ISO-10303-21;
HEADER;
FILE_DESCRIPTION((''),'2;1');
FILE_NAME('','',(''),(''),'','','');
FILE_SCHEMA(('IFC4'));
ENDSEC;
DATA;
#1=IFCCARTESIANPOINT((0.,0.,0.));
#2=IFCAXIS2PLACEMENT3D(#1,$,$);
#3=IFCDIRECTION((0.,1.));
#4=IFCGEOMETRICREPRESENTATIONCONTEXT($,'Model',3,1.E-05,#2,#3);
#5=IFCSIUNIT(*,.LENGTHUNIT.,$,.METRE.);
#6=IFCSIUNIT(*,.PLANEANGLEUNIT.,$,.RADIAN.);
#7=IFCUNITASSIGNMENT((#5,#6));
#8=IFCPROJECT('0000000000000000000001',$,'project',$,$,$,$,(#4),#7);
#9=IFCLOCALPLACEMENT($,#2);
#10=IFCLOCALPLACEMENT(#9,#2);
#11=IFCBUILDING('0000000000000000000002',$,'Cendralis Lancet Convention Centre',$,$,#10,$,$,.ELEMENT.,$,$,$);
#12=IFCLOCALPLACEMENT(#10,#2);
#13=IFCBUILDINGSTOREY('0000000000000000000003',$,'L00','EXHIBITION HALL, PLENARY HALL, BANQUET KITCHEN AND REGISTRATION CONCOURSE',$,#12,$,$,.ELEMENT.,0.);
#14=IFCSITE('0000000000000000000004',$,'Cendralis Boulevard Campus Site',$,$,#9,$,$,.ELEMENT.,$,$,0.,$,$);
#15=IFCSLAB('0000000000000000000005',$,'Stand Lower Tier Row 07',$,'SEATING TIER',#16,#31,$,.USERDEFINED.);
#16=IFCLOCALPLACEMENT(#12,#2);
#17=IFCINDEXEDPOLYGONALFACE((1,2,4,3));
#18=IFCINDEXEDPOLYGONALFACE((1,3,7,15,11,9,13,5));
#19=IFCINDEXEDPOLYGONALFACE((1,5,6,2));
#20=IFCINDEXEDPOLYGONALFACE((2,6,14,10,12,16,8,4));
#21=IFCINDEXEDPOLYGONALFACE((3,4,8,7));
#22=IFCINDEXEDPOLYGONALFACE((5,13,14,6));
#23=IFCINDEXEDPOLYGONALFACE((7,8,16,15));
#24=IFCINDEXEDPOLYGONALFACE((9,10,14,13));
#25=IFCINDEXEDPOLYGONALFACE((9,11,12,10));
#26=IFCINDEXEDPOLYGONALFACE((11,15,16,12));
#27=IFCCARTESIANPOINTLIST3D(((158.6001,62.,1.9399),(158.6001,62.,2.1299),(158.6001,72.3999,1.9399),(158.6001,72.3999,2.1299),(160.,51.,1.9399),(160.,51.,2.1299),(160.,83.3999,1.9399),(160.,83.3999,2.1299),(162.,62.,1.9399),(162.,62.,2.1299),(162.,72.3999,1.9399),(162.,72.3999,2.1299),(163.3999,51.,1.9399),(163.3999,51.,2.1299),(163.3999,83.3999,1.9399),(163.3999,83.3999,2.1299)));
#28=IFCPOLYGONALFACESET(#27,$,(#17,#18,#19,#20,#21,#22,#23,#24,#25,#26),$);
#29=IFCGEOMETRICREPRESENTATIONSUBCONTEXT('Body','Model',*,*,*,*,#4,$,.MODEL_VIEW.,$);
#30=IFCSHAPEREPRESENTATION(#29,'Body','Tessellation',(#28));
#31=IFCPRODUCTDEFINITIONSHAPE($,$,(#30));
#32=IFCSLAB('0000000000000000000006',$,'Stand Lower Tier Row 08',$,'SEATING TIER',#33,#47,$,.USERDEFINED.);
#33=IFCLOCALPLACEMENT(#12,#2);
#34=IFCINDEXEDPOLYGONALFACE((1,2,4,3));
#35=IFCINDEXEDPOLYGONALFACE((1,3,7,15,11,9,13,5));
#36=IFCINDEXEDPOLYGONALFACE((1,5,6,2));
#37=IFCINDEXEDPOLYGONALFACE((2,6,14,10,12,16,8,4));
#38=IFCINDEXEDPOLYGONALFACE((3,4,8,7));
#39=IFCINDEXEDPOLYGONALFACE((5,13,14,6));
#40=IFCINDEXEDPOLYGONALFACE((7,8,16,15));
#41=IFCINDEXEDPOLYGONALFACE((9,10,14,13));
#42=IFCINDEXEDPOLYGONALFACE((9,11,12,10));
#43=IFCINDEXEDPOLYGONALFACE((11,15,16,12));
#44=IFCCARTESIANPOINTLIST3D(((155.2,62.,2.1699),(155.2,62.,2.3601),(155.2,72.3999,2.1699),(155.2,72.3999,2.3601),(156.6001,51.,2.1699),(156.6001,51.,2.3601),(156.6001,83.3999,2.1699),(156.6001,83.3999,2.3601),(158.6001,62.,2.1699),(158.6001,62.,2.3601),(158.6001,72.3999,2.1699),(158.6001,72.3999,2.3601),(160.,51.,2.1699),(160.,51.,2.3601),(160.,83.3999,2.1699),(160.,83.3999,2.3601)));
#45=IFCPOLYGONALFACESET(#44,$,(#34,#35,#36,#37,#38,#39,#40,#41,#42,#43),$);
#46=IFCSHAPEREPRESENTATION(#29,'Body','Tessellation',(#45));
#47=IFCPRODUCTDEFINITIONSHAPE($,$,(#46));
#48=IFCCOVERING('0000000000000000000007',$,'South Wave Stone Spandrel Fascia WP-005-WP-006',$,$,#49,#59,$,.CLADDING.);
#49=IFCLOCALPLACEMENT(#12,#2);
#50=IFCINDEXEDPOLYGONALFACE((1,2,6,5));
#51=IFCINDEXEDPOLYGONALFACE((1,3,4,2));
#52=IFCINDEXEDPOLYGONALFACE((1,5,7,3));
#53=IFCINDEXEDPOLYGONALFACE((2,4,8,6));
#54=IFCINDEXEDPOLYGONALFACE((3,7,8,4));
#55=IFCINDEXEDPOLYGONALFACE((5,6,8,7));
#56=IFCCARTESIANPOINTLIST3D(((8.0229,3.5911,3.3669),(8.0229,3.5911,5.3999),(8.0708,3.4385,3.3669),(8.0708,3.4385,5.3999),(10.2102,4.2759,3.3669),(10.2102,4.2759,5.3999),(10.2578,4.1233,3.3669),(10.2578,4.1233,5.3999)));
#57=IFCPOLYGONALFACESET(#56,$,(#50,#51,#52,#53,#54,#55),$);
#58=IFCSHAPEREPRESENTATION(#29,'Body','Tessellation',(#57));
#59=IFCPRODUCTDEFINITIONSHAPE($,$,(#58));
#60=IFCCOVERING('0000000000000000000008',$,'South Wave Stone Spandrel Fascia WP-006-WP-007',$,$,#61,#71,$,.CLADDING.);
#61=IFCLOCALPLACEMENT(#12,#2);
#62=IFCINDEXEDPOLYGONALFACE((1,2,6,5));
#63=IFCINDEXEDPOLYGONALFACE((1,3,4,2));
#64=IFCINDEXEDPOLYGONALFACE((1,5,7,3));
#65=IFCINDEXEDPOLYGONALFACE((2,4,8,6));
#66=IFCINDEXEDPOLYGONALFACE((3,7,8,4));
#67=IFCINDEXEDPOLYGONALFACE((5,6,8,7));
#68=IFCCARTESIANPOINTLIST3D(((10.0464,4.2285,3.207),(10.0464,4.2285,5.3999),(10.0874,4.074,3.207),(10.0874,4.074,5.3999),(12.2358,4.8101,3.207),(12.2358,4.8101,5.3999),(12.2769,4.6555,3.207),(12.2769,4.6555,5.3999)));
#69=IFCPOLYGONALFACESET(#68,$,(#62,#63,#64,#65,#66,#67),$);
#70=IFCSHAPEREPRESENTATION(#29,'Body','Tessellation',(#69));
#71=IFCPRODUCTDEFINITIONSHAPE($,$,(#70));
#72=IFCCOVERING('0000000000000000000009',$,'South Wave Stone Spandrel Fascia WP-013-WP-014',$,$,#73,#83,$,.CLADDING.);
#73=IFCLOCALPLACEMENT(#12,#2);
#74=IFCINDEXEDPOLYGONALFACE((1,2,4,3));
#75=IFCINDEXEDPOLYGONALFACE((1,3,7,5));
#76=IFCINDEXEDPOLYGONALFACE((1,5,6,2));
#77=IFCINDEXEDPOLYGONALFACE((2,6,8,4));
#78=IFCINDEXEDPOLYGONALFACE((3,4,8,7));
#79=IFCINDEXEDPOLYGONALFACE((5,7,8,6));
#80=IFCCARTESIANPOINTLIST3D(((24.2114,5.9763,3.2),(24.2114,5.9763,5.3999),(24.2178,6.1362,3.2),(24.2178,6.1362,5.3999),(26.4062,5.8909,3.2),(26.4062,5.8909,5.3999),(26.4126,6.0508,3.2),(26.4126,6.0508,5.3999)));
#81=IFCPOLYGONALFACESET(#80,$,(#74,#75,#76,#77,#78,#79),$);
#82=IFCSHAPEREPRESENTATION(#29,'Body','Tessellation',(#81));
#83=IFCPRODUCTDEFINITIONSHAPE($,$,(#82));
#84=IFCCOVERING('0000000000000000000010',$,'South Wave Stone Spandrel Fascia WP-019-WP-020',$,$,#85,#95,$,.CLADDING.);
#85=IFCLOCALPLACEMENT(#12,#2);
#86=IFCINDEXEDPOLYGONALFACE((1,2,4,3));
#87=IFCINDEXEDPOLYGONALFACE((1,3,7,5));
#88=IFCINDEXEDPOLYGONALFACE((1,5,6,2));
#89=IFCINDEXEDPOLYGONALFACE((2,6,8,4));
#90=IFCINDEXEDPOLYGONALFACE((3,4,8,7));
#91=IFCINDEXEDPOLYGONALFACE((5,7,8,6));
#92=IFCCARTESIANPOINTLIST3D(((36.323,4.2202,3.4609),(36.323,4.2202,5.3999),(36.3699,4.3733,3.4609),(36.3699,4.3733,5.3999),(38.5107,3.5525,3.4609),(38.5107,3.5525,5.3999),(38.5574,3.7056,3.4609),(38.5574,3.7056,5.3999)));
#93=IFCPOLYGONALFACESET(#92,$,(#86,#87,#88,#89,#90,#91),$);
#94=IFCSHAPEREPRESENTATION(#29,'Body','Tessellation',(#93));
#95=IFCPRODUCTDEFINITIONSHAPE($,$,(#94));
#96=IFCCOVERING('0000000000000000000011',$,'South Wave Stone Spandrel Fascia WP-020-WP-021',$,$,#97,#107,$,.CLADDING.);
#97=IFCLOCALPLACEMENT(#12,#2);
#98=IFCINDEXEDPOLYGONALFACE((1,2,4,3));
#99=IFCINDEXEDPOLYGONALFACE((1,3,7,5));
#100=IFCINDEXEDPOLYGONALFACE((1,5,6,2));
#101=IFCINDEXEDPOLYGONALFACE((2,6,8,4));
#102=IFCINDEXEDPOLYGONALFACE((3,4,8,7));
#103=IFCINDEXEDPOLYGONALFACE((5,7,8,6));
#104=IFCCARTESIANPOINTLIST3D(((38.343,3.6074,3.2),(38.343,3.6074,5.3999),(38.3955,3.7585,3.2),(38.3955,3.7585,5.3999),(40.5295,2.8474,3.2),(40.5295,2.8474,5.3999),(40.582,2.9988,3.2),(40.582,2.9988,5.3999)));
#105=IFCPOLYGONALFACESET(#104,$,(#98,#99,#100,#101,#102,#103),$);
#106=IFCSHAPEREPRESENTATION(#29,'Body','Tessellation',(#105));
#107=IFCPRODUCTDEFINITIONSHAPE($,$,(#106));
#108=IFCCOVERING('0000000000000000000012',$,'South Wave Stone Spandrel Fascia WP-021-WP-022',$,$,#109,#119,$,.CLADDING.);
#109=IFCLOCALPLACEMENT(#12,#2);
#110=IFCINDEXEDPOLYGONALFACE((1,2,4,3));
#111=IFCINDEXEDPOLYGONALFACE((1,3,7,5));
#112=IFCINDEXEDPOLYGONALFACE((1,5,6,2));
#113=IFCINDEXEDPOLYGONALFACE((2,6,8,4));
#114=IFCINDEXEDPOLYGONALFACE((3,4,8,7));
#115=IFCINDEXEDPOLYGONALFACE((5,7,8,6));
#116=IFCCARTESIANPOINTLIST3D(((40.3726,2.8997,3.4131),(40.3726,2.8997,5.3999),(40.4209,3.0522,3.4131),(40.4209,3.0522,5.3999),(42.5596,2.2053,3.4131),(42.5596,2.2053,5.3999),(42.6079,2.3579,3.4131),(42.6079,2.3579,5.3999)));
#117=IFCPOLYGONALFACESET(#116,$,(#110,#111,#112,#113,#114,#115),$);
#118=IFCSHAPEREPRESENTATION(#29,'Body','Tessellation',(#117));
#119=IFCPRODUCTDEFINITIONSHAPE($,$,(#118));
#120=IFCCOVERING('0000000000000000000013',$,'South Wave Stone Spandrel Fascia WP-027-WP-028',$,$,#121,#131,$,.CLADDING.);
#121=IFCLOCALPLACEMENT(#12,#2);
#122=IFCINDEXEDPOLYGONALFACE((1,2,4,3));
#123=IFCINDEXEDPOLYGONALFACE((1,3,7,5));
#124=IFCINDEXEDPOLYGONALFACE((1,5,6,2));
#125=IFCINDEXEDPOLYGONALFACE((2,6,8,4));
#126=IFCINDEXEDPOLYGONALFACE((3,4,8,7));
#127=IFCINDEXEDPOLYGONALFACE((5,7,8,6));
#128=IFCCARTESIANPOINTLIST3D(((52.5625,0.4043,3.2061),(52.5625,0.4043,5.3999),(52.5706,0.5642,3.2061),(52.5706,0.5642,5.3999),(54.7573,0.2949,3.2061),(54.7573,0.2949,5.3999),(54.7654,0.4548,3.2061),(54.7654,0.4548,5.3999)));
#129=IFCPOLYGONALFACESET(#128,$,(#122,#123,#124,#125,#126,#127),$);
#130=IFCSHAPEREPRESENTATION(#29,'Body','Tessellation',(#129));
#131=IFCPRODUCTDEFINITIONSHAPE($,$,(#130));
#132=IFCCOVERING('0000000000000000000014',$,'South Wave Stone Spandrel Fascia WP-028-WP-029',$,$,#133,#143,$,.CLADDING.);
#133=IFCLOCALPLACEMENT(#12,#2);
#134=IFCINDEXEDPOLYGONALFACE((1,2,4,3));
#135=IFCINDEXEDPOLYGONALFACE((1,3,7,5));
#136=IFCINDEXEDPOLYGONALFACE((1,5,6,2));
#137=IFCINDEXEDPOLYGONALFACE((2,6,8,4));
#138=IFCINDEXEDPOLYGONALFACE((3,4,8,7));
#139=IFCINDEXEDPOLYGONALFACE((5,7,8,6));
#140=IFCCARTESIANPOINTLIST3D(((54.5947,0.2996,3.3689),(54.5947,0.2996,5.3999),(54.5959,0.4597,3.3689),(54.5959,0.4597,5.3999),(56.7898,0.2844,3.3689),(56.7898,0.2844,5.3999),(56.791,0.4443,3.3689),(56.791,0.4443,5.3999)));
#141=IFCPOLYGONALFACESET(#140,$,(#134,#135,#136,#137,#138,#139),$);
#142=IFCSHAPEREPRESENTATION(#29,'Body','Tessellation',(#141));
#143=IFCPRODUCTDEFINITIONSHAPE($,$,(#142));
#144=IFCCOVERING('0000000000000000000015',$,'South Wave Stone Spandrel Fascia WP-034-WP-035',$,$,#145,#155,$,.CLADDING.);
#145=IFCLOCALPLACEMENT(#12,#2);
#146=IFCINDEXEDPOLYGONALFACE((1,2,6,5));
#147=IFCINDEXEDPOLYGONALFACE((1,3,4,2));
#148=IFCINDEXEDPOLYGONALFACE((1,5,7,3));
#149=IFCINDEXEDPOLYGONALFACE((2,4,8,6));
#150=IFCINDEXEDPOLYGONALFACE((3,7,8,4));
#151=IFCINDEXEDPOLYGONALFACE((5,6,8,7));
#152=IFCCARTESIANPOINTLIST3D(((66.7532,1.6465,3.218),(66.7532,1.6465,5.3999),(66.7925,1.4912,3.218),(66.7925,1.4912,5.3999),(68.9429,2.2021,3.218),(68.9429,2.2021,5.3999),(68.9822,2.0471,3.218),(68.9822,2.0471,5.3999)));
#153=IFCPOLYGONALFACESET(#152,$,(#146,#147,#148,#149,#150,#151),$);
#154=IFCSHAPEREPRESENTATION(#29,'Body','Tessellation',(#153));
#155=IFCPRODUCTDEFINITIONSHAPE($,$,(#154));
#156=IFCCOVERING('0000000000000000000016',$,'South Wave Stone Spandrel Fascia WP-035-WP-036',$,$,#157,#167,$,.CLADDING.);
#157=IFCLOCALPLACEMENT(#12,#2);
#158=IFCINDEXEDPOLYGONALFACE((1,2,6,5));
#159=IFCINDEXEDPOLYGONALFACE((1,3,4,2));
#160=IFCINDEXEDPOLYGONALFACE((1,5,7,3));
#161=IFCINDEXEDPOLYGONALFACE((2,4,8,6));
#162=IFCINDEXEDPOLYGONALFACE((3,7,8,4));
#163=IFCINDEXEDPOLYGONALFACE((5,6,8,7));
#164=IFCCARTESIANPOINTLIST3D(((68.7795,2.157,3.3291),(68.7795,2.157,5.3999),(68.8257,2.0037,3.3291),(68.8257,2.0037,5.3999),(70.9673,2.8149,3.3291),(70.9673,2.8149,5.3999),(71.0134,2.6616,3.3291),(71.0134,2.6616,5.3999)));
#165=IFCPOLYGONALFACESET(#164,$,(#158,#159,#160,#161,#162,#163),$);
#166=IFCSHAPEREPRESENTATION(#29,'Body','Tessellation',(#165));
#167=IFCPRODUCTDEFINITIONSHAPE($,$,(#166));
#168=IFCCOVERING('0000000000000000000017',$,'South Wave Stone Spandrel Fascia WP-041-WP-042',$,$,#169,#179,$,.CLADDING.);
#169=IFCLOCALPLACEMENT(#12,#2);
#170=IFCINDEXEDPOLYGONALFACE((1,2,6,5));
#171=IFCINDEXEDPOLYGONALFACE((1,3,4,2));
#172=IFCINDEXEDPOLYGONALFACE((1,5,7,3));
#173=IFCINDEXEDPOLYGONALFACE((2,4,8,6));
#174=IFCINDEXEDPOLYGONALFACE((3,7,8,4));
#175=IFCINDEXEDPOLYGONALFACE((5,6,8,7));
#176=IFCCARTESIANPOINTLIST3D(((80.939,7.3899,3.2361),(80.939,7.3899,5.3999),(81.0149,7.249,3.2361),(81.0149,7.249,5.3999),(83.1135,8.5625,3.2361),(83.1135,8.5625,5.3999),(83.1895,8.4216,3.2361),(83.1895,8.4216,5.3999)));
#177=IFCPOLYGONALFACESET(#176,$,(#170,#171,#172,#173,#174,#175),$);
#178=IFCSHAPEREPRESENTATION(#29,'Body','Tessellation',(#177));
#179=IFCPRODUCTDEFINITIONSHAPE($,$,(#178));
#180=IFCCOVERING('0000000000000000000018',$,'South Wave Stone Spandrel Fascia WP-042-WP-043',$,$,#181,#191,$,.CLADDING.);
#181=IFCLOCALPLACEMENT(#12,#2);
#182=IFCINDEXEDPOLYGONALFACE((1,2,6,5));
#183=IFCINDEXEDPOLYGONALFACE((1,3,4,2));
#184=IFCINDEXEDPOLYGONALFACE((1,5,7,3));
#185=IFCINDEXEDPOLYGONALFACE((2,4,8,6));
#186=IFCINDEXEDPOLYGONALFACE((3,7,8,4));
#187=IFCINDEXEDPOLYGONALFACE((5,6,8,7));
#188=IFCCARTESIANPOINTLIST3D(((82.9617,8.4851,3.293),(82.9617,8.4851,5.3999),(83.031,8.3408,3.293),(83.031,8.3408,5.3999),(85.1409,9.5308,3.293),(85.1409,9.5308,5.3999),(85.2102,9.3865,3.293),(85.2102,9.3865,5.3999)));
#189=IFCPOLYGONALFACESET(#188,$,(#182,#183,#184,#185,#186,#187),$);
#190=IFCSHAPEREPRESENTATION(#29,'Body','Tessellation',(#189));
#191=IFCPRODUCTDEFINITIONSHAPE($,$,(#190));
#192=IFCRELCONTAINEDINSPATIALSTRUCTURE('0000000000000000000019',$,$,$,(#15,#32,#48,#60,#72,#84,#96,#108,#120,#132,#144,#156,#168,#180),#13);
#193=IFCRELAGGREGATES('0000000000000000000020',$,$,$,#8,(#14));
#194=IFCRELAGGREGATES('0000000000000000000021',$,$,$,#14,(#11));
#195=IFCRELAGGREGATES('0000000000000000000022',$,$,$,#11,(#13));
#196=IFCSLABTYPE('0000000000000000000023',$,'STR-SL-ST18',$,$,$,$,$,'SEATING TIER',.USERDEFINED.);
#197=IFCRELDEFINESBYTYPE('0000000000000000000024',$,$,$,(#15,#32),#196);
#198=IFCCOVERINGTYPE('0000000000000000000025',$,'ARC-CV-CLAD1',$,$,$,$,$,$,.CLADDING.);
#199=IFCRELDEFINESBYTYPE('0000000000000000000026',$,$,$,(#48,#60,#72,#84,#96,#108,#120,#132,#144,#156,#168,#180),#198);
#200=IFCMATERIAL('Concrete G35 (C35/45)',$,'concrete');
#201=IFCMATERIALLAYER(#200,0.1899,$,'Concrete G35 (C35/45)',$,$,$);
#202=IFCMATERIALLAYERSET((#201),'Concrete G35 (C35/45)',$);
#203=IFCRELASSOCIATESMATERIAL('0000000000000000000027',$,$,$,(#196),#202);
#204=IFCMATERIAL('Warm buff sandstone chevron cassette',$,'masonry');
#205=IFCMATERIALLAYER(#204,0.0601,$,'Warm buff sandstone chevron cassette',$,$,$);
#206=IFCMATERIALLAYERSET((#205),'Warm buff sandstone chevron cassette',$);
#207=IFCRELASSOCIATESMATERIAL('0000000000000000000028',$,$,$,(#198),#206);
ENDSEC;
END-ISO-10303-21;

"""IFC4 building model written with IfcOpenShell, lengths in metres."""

from ifc_helpers import new_model, si_unit, direction, frame, origin, place, context, subcontext, project, spatial, polyline, outline, extrude, material, layer, layer_set, type_object, element, save


model = new_model("IFC4")

# Units and contexts
model_context = context("Model", 3, precision=1e-05, world=origin(), true_north=direction((0.0, 1.0)))
body_context = subcontext(model_context, "Body", "Model", "MODEL_VIEW")
ifc_project = project(units=[si_unit("LENGTHUNIT", "METRE"), si_unit("PLANEANGLEUNIT", "RADIAN")], contexts=[model_context])

# Site, building, storey
site_placement = place(None, origin())
site = spatial("IfcSite", under=ifc_project, at=site_placement, Name="Cendralis Boulevard Campus Site", CompositionType="ELEMENT", RefElevation=0.0)
building_placement = place(site_placement, origin())
building = spatial("IfcBuilding", under=site, at=building_placement, Name="Cendralis Lancet Convention Centre", CompositionType="ELEMENT")
storey_placement = place(building_placement, origin())
storey = spatial("IfcBuildingStorey", under=building, at=storey_placement, Name="L00", Description="EXHIBITION HALL, PLENARY HALL, BANQUET KITCHEN AND REGISTRATION CONCOURSE", CompositionType="ELEMENT", Elevation=0.0)

# Slabs
ifc_material_1 = material(Name="Concrete G35 (C35/45)", Category="concrete")
ifc_layer_1 = layer(ifc_material_1, 0.1899, Name="Concrete G35 (C35/45)")
ifc_layer_set_1 = layer_set([ifc_layer_1], Name="Concrete G35 (C35/45)")
slab_type = type_object("IfcSlabType", Name="STR-SL-ST18", ElementType="SEATING TIER", PredefinedType="USERDEFINED", material=ifc_layer_set_1)
slab_1_placement = place(storey_placement, frame((0.0, 0.0, 1.9399)))
element("IfcSlab", 1, at=slab_1_placement, inside=storey, type_object=slab_type, Name="Stand Lower Tier Row 07", ObjectType="SEATING TIER", PredefinedType="USERDEFINED", context=body_context, shape_type="SweptSolid", body=[
    extrude(outline(polyline([(160.0, 51.0), (163.3999, 51.0), (162.0, 62.0), (162.0, 72.3999), (163.3999, 83.3999), (160.0, 83.3999), (158.6001, 72.3999), (158.6001, 62.0), (160.0, 51.0)])), origin(), (0.0, 0.0, 1.0), 0.1899),
])
slab_2_placement = place(storey_placement, frame((0.0, 0.0, 2.1699)))
element("IfcSlab", 2, at=slab_2_placement, inside=storey, type_object=slab_type, Name="Stand Lower Tier Row 08", ObjectType="SEATING TIER", PredefinedType="USERDEFINED", context=body_context, shape_type="SweptSolid", body=[
    extrude(outline(polyline([(156.6001, 51.0), (160.0, 51.0), (158.6001, 62.0), (158.6001, 72.3999), (160.0, 83.3999), (156.6001, 83.3999), (155.2, 72.3999), (155.2, 62.0), (156.6001, 51.0)])), origin(), (0.0, 0.0, 1.0), 0.1902),
])

# Coverings
ifc_material_2 = material(Name="Warm buff sandstone chevron cassette", Category="masonry")
ifc_layer_2 = layer(ifc_material_2, 0.0601, Name="Warm buff sandstone chevron cassette")
ifc_layer_set_2 = layer_set([ifc_layer_2], Name="Warm buff sandstone chevron cassette")
covering_type = type_object("IfcCoveringType", Name="ARC-CV-CLAD1", PredefinedType="CLADDING", material=ifc_layer_set_2)
covering_1_placement = place(storey_placement, frame((0.0, 0.0, 3.3669)))
element("IfcCovering", 3, at=covering_1_placement, inside=storey, type_object=covering_type, Name="South Wave Stone Spandrel Fascia WP-005-WP-006", PredefinedType="CLADDING", context=body_context, shape_type="SweptSolid", body=[
    extrude(outline(polyline([(8.0708, 3.4385), (10.2578, 4.1233), (10.2102, 4.2759), (8.0229, 3.5911), (8.0708, 3.4385)])), origin(), (0.0, 0.0, 1.0), 2.033),
])
covering_2_placement = place(storey_placement, frame((0.0, 0.0, 3.207)))
element("IfcCovering", 4, at=covering_2_placement, inside=storey, type_object=covering_type, Name="South Wave Stone Spandrel Fascia WP-006-WP-007", PredefinedType="CLADDING", context=body_context, shape_type="SweptSolid", body=[
    extrude(outline(polyline([(10.0874, 4.074), (12.2769, 4.6555), (12.2358, 4.8101), (10.0464, 4.2285), (10.0874, 4.074)])), origin(), (0.0, 0.0, 1.0), 2.1929),
])
covering_3_placement = place(storey_placement, frame((0.0, 0.0, 3.2)))
element("IfcCovering", 5, at=covering_3_placement, inside=storey, type_object=covering_type, Name="South Wave Stone Spandrel Fascia WP-013-WP-014", PredefinedType="CLADDING", context=body_context, shape_type="SweptSolid", body=[
    extrude(outline(polyline([(24.2114, 5.9763), (26.4062, 5.8909), (26.4126, 6.0508), (24.2178, 6.1362), (24.2114, 5.9763)])), origin(), (0.0, 0.0, 1.0), 2.2),
])
covering_4_placement = place(storey_placement, frame((0.0, 0.0, 3.4609)))
element("IfcCovering", 6, at=covering_4_placement, inside=storey, type_object=covering_type, Name="South Wave Stone Spandrel Fascia WP-019-WP-020", PredefinedType="CLADDING", context=body_context, shape_type="SweptSolid", body=[
    extrude(outline(polyline([(36.323, 4.2202), (38.5107, 3.5525), (38.5574, 3.7056), (36.3699, 4.3733), (36.323, 4.2202)])), origin(), (0.0, 0.0, 1.0), 1.939),
])
covering_5_placement = place(storey_placement, frame((0.0, 0.0, 3.2)))
element("IfcCovering", 7, at=covering_5_placement, inside=storey, type_object=covering_type, Name="South Wave Stone Spandrel Fascia WP-020-WP-021", PredefinedType="CLADDING", context=body_context, shape_type="SweptSolid", body=[
    extrude(outline(polyline([(38.343, 3.6074), (40.5295, 2.8474), (40.582, 2.9988), (38.3955, 3.7585), (38.343, 3.6074)])), origin(), (0.0, 0.0, 1.0), 2.2),
])
covering_6_placement = place(storey_placement, frame((0.0, 0.0, 3.4131)))
element("IfcCovering", 8, at=covering_6_placement, inside=storey, type_object=covering_type, Name="South Wave Stone Spandrel Fascia WP-021-WP-022", PredefinedType="CLADDING", context=body_context, shape_type="SweptSolid", body=[
    extrude(outline(polyline([(40.3726, 2.8997), (42.5596, 2.2053), (42.6079, 2.3579), (40.4209, 3.0522), (40.3726, 2.8997)])), origin(), (0.0, 0.0, 1.0), 1.9868),
])
covering_7_placement = place(storey_placement, frame((0.0, 0.0, 3.2061)))
element("IfcCovering", 9, at=covering_7_placement, inside=storey, type_object=covering_type, Name="South Wave Stone Spandrel Fascia WP-027-WP-028", PredefinedType="CLADDING", context=body_context, shape_type="SweptSolid", body=[
    extrude(outline(polyline([(52.5625, 0.4043), (54.7573, 0.2949), (54.7654, 0.4548), (52.5706, 0.5642), (52.5625, 0.4043)])), origin(), (0.0, 0.0, 1.0), 2.1938),
])
covering_8_placement = place(storey_placement, frame((0.0, 0.0, 3.3689)))
element("IfcCovering", 10, at=covering_8_placement, inside=storey, type_object=covering_type, Name="South Wave Stone Spandrel Fascia WP-028-WP-029", PredefinedType="CLADDING", context=body_context, shape_type="SweptSolid", body=[
    extrude(outline(polyline([(54.5947, 0.2996), (56.7898, 0.2844), (56.791, 0.4443), (54.5959, 0.4597), (54.5947, 0.2996)])), origin(), (0.0, 0.0, 1.0), 2.031),
])
covering_9_placement = place(storey_placement, frame((0.0, 0.0, 3.218)))
element("IfcCovering", 11, at=covering_9_placement, inside=storey, type_object=covering_type, Name="South Wave Stone Spandrel Fascia WP-034-WP-035", PredefinedType="CLADDING", context=body_context, shape_type="SweptSolid", body=[
    extrude(outline(polyline([(66.7925, 1.4912), (68.9822, 2.0471), (68.9429, 2.2021), (66.7532, 1.6465), (66.7925, 1.4912)])), origin(), (0.0, 0.0, 1.0), 2.1819),
])
covering_10_placement = place(storey_placement, frame((0.0, 0.0, 3.3291)))
element("IfcCovering", 12, at=covering_10_placement, inside=storey, type_object=covering_type, Name="South Wave Stone Spandrel Fascia WP-035-WP-036", PredefinedType="CLADDING", context=body_context, shape_type="SweptSolid", body=[
    extrude(outline(polyline([(68.8257, 2.0037), (71.0134, 2.6616), (70.9673, 2.8149), (68.7795, 2.157), (68.8257, 2.0037)])), origin(), (0.0, 0.0, 1.0), 2.0708),
])
covering_11_placement = place(storey_placement, frame((0.0, 0.0, 3.2361)))
element("IfcCovering", 13, at=covering_11_placement, inside=storey, type_object=covering_type, Name="South Wave Stone Spandrel Fascia WP-041-WP-042", PredefinedType="CLADDING", context=body_context, shape_type="SweptSolid", body=[
    extrude(outline(polyline([(81.0149, 7.249), (83.1895, 8.4216), (83.1135, 8.5625), (80.939, 7.3899), (81.0149, 7.249)])), origin(), (0.0, 0.0, 1.0), 2.1638),
])
covering_12_placement = place(storey_placement, frame((0.0, 0.0, 3.293)))
element("IfcCovering", 14, at=covering_12_placement, inside=storey, type_object=covering_type, Name="South Wave Stone Spandrel Fascia WP-042-WP-043", PredefinedType="CLADDING", context=body_context, shape_type="SweptSolid", body=[
    extrude(outline(polyline([(83.031, 8.3408), (85.2102, 9.3865), (85.1409, 9.5308), (82.9617, 8.4851), (83.031, 8.3408)])), origin(), (0.0, 0.0, 1.0), 2.1069),
])

save(model, "model.ifc")
